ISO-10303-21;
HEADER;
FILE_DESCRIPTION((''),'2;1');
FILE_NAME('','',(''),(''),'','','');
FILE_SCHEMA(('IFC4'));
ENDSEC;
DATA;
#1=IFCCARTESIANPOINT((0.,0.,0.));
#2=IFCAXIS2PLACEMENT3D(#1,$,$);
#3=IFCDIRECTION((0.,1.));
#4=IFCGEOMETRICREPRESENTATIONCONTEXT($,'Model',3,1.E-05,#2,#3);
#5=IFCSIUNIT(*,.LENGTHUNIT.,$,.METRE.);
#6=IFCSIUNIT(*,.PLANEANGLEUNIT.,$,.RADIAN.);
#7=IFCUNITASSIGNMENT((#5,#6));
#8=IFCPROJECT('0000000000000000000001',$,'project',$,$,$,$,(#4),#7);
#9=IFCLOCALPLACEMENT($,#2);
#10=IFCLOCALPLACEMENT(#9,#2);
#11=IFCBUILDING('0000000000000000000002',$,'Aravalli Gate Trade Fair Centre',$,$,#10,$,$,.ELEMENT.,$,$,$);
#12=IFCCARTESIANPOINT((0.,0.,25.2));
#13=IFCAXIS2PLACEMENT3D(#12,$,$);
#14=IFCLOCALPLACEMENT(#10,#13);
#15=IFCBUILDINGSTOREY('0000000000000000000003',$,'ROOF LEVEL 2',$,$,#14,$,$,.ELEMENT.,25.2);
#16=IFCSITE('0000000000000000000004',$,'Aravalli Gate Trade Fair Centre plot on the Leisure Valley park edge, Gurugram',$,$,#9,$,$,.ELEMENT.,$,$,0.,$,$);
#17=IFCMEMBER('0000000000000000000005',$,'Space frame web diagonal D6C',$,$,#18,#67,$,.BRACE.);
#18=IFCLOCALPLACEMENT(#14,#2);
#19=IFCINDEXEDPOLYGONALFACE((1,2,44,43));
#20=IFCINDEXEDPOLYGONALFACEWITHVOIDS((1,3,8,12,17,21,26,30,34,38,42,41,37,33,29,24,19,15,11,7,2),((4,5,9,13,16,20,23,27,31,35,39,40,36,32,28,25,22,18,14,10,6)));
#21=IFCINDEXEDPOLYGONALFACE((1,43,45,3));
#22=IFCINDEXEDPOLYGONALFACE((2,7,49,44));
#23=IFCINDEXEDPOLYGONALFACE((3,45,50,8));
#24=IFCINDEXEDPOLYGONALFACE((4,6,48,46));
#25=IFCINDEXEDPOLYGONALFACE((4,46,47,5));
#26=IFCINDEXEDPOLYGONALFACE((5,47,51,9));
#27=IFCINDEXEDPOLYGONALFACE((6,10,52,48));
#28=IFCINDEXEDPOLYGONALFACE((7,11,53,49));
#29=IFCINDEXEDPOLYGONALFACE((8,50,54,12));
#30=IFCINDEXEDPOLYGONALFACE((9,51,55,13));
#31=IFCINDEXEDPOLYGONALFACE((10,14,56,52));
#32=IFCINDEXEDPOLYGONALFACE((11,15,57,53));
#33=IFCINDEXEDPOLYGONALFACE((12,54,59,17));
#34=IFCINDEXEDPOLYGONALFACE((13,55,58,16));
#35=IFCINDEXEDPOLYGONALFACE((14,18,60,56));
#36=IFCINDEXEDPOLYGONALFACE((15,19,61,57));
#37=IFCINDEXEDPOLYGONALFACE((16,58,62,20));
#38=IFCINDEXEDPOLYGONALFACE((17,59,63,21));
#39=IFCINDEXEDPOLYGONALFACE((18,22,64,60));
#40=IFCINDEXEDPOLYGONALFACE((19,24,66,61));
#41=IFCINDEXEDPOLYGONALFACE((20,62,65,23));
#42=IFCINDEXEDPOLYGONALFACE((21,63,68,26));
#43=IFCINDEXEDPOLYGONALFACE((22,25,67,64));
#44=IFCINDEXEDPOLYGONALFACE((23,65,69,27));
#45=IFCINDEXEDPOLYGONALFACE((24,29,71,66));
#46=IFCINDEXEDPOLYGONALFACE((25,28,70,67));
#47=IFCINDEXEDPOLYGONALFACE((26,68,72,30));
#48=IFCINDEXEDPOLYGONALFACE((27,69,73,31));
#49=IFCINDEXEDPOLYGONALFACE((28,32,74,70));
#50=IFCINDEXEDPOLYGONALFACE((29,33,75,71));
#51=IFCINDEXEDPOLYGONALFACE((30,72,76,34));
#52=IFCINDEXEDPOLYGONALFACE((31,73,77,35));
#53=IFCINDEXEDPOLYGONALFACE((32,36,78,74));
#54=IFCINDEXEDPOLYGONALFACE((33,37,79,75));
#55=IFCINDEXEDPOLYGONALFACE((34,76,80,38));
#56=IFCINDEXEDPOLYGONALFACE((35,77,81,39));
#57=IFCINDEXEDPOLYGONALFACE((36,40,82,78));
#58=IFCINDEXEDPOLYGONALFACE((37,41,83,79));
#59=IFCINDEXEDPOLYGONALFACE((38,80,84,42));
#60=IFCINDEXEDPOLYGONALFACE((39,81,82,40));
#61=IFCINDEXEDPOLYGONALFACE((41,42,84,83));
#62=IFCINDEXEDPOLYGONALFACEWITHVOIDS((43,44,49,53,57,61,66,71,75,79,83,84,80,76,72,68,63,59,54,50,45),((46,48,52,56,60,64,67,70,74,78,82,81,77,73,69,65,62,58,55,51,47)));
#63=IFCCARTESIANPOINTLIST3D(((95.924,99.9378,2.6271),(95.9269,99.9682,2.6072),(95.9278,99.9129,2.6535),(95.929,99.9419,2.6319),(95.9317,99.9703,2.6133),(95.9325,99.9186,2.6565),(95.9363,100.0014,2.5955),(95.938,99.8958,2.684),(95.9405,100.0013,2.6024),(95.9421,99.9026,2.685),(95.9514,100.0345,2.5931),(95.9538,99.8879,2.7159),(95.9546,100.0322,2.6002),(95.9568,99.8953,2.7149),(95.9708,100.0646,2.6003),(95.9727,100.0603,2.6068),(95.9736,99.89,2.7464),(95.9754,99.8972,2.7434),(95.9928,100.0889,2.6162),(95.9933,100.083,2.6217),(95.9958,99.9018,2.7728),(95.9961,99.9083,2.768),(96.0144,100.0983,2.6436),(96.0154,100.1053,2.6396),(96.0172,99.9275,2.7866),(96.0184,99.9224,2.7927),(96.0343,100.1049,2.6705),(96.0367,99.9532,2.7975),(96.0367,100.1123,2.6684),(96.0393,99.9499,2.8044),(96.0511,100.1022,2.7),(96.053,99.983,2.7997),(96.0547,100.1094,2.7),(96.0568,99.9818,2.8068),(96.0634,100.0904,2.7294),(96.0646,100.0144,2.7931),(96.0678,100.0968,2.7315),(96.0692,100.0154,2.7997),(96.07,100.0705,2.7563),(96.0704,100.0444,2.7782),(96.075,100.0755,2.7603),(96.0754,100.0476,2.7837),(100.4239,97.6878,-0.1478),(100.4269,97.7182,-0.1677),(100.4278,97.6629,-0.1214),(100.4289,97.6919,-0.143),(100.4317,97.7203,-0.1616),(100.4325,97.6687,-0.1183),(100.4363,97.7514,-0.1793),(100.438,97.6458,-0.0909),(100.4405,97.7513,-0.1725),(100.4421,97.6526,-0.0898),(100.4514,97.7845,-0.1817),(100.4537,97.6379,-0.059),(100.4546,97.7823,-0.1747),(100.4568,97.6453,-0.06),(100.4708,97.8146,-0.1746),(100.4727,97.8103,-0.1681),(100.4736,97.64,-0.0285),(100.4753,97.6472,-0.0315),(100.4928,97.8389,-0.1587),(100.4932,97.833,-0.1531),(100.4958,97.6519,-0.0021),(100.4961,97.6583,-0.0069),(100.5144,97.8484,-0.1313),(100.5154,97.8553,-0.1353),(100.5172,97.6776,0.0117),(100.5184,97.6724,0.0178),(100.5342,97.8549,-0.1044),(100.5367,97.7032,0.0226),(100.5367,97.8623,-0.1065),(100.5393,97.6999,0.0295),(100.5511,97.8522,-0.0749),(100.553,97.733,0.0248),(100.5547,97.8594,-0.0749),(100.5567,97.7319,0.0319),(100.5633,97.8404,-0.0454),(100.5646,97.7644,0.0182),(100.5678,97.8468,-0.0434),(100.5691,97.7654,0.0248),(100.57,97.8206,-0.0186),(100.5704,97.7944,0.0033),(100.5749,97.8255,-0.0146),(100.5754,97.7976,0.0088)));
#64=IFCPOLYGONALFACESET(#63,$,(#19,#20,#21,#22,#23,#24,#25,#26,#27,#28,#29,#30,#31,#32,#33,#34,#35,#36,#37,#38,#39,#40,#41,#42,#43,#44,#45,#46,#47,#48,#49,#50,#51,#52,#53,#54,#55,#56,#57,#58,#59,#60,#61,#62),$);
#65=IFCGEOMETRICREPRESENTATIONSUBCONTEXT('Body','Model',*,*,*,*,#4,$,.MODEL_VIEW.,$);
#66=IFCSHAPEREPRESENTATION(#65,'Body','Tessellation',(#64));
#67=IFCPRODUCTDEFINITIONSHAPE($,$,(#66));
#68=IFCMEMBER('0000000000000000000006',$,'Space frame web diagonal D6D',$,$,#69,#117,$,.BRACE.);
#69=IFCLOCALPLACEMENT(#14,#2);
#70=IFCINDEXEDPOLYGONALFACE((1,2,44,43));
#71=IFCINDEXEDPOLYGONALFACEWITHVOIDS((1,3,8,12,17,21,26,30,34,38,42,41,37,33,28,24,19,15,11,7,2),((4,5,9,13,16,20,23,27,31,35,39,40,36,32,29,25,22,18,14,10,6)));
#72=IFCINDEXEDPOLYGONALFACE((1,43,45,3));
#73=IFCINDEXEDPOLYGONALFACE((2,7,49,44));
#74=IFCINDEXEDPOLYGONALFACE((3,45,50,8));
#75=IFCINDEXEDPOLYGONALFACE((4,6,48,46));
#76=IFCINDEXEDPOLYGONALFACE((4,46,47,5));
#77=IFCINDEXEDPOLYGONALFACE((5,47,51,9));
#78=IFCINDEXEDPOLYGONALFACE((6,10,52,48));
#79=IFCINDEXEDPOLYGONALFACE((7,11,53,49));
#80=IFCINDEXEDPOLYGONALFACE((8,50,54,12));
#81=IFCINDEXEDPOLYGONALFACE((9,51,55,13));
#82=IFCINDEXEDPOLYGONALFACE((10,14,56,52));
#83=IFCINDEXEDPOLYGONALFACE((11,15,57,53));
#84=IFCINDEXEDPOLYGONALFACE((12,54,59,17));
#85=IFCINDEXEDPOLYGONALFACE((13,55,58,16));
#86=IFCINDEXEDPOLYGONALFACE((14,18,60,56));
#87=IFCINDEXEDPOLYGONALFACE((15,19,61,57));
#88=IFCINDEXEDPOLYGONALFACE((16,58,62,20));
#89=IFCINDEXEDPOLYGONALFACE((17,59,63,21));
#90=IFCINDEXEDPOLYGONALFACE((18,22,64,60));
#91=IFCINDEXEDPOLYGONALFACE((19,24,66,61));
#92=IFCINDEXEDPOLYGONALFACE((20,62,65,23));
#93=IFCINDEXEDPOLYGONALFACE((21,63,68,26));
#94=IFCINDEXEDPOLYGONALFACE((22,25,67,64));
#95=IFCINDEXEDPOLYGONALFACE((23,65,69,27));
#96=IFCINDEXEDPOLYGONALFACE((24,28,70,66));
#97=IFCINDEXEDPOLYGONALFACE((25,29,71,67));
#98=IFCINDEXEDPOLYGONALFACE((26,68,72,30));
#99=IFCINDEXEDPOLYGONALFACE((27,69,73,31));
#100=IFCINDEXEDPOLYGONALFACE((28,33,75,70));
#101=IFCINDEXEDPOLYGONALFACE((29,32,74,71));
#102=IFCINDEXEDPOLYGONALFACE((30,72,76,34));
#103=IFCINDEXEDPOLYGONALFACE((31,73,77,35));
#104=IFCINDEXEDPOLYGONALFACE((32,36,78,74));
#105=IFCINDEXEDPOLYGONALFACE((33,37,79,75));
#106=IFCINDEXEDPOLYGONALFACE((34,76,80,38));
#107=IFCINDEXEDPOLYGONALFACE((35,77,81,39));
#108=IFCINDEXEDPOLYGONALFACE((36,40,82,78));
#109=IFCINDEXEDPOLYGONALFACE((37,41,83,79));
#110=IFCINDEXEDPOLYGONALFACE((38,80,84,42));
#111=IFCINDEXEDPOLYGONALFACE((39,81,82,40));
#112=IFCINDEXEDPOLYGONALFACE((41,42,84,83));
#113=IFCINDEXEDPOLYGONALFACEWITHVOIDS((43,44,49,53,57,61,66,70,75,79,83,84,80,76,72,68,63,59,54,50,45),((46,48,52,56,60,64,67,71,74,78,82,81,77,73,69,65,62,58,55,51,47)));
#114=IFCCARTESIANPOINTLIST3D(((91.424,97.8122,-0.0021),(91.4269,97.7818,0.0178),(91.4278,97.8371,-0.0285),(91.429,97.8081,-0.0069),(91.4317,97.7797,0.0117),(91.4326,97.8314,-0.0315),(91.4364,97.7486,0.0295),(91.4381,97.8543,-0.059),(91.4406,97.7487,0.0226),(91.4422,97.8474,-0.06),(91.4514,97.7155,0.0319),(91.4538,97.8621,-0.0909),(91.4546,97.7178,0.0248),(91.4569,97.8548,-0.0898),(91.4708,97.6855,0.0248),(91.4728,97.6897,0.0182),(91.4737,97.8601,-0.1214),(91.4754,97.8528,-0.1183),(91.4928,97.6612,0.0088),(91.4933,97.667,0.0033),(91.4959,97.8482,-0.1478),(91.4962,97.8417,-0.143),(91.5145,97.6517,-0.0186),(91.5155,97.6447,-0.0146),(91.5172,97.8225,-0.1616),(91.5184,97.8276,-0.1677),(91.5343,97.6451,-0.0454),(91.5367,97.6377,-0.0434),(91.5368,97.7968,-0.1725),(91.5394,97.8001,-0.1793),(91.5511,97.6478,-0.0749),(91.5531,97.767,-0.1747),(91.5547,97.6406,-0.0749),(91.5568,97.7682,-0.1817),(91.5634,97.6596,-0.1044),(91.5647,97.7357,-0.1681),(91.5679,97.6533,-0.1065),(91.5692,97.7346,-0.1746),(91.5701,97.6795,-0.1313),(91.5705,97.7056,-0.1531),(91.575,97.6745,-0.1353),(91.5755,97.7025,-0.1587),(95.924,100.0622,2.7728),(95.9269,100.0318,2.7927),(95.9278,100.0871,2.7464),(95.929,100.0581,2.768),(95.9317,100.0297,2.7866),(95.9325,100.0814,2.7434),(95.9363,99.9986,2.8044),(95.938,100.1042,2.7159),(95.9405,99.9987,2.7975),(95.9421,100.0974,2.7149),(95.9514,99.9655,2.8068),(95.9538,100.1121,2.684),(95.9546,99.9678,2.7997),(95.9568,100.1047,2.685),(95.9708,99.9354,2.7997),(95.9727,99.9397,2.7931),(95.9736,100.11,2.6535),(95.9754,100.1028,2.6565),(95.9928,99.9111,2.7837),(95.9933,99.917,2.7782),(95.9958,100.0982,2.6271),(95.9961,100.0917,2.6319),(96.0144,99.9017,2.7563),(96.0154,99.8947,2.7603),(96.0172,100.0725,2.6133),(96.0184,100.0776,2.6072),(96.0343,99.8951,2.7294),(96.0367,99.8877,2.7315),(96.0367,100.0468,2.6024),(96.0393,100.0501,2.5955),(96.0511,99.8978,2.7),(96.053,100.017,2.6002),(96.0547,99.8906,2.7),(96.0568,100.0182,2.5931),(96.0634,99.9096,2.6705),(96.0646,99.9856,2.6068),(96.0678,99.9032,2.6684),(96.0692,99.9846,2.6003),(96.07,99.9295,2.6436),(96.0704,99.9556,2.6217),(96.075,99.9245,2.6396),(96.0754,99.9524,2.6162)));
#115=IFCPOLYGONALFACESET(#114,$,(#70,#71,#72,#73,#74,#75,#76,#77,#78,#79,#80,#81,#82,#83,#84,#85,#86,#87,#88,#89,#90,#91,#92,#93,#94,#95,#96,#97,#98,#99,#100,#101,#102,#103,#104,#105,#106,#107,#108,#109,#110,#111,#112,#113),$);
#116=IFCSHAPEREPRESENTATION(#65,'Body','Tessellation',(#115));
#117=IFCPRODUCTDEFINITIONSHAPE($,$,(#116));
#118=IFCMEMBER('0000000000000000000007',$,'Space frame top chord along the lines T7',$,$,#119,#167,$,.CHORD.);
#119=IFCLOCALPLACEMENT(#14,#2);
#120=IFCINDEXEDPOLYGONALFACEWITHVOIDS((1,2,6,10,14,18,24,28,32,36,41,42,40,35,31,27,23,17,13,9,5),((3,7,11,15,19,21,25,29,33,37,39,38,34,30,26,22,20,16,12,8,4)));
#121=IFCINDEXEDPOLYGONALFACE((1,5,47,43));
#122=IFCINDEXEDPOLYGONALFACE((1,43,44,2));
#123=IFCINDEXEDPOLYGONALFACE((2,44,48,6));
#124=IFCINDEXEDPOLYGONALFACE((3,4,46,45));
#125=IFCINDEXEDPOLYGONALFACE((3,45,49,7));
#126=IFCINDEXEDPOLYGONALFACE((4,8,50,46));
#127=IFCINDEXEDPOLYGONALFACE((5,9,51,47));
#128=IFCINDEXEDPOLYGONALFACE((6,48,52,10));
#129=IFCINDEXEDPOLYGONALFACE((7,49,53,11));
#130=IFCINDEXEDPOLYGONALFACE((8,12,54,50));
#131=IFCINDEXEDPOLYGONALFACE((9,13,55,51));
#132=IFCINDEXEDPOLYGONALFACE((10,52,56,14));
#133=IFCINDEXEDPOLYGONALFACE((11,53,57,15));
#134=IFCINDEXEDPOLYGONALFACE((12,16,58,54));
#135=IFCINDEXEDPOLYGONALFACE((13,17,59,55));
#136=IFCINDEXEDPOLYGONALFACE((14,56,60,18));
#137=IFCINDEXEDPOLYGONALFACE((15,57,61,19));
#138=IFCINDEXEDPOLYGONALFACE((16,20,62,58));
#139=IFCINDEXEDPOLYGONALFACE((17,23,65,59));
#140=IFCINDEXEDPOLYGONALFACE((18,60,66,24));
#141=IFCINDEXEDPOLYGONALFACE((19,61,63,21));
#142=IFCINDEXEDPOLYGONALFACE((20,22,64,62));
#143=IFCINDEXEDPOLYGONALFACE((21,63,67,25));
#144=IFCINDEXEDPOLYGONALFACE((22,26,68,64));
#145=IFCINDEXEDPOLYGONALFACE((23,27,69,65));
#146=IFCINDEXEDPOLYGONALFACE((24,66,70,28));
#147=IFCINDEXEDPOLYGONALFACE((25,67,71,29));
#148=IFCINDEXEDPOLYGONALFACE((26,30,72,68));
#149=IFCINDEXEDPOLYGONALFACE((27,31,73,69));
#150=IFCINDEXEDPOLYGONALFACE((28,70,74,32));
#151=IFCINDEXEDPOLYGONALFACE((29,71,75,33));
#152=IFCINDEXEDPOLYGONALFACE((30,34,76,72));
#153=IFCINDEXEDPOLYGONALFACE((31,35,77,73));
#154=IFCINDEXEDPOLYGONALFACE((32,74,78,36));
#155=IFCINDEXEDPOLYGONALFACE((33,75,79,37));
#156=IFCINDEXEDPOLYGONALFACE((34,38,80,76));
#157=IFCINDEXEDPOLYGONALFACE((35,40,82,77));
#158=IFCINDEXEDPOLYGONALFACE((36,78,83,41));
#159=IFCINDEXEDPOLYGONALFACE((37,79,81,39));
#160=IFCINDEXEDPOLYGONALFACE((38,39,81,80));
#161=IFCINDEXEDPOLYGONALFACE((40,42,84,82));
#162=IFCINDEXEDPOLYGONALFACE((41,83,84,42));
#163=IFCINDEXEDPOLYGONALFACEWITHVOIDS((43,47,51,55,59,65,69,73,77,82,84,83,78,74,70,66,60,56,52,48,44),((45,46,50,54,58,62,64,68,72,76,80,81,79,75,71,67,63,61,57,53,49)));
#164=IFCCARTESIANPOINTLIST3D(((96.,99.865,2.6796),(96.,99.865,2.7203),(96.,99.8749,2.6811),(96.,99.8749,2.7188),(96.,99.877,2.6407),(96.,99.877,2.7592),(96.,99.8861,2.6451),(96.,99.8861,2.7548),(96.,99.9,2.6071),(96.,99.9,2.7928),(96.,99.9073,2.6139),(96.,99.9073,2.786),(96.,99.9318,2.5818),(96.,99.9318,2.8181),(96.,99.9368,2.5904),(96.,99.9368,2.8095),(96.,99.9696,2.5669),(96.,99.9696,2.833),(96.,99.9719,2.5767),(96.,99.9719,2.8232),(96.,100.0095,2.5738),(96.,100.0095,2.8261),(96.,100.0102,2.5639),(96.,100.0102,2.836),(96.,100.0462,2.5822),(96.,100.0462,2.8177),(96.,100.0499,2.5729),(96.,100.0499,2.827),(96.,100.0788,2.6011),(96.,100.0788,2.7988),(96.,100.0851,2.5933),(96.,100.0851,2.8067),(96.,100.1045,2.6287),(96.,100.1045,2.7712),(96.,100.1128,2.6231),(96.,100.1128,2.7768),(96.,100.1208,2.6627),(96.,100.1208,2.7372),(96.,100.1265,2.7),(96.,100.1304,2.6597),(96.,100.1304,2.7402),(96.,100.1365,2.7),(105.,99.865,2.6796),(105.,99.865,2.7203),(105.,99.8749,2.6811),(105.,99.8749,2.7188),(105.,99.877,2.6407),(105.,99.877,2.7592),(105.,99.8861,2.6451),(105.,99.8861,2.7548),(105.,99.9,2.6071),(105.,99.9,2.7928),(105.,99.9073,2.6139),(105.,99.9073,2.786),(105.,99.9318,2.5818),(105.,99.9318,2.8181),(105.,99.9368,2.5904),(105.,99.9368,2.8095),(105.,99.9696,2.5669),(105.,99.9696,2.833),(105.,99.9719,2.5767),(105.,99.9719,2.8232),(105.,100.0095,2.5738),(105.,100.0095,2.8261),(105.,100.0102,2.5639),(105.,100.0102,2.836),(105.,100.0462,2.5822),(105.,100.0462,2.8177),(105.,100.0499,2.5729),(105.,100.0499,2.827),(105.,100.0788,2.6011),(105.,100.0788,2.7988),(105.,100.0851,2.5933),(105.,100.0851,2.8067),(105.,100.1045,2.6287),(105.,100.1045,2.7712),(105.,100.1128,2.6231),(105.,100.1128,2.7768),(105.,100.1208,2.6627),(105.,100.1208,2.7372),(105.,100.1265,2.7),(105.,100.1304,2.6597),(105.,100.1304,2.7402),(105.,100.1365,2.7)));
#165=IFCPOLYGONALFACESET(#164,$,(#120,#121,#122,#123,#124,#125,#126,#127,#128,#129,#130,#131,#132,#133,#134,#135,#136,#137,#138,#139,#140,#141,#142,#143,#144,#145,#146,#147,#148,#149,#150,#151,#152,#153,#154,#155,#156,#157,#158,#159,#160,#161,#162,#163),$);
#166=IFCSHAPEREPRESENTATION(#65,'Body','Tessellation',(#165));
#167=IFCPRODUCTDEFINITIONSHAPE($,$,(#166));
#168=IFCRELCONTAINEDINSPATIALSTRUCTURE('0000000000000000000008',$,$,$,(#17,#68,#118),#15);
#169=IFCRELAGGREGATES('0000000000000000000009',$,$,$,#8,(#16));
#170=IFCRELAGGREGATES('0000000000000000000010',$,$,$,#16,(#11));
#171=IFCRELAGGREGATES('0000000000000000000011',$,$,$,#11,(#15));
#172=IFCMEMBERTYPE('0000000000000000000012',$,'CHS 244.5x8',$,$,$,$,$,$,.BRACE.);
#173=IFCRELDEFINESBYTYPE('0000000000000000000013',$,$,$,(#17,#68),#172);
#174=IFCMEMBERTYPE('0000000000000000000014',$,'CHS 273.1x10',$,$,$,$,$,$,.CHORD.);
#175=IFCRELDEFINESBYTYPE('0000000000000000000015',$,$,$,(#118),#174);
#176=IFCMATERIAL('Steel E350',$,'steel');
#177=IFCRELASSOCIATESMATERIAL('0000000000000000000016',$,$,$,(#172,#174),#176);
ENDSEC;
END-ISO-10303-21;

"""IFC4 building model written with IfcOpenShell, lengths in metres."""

from ifc_helpers import new_model, si_unit, direction, frame, origin, origin_2d, place, context, subcontext, project, spatial, hollow_circle, extrude, material, material_profile, profile_set, type_object, element, save


model = new_model("IFC4")

# Units and contexts
model_context = context("Model", 3, precision=1e-05, world=origin(), true_north=direction((0.0, 1.0)))
body_context = subcontext(model_context, "Body", "Model", "MODEL_VIEW")
ifc_project = project(units=[si_unit("LENGTHUNIT", "METRE"), si_unit("PLANEANGLEUNIT", "RADIAN")], contexts=[model_context])

# Site, building, storey
site_placement = place(None, origin())
site = spatial("IfcSite", under=ifc_project, at=site_placement, Name="Aravalli Gate Trade Fair Centre plot on the Leisure Valley park edge, Gurugram", CompositionType="ELEMENT", RefElevation=0.0)
building_placement = place(site_placement, origin())
building = spatial("IfcBuilding", under=site, at=building_placement, Name="Aravalli Gate Trade Fair Centre", CompositionType="ELEMENT")
storey_placement = place(building_placement, frame((0.0, 0.0, 25.2)))
storey = spatial("IfcBuildingStorey", under=building, at=storey_placement, Name="ROOF LEVEL 2", CompositionType="ELEMENT", Elevation=25.2)

# Members
ifc_material_1 = material(Name="Steel E350", Category="steel")
ifc_material_profile_1 = material_profile(ifc_material_1, hollow_circle(Radius=0.1223, WallThickness=0.0081, at=origin_2d()), Name="CHS 244.5x8")
ifc_profile_set_1 = profile_set([ifc_material_profile_1], Name="Steel E350")
member_type_1 = type_object("IfcMemberType", Name="CHS 244.5x8", PredefinedType="BRACE", material=ifc_profile_set_1)
for number, where, z_axis, x_axis, name in (
    (1, (96.0, 100.0, 2.7), (0.7832, -0.3916, -0.482956), (0.447214, 0.894427, 0.0), "Space frame web diagonal D6C"),
    (2, (96.0, 100.0, 2.7), (-0.7832, -0.3916, -0.482956), (0.447214, -0.894427, 0.0), "Space frame web diagonal D6D"),
):
    element("IfcMember", number, at=place(storey_placement, frame(where, z_axis=z_axis, x_axis=x_axis)), inside=storey, type_object=member_type_1, Name=name, PredefinedType="BRACE", context=body_context, shape_type="SweptSolid", body=[
        extrude(hollow_circle(Radius=0.1223, WallThickness=0.0081, at=origin_2d()), origin(), (0.0, 0.0, 1.0), 5.7456),
    ])
ifc_material_profile_2 = material_profile(ifc_material_1, hollow_circle(Radius=0.1365, WallThickness=0.01, at=origin_2d()), Name="CHS 273.1x10")
ifc_profile_set_2 = profile_set([ifc_material_profile_2], Name="Steel E350")
member_type_2 = type_object("IfcMemberType", Name="CHS 273.1x10", PredefinedType="CHORD", material=ifc_profile_set_2)
for number, where, z_axis, x_axis, name in (
    (3, (96.0, 100.0, 2.7), (1.0, 0.0, 0.0), (0.0, 1.0, 0.0), "Space frame top chord along the lines T7"),
):
    element("IfcMember", number, at=place(storey_placement, frame(where, z_axis=z_axis, x_axis=x_axis)), inside=storey, type_object=member_type_2, Name=name, PredefinedType="CHORD", context=body_context, shape_type="SweptSolid", body=[
        extrude(hollow_circle(Radius=0.1365, WallThickness=0.01, at=origin_2d()), origin(), (0.0, 0.0, 1.0), 9.0),
    ])

save(model, "model.ifc")
